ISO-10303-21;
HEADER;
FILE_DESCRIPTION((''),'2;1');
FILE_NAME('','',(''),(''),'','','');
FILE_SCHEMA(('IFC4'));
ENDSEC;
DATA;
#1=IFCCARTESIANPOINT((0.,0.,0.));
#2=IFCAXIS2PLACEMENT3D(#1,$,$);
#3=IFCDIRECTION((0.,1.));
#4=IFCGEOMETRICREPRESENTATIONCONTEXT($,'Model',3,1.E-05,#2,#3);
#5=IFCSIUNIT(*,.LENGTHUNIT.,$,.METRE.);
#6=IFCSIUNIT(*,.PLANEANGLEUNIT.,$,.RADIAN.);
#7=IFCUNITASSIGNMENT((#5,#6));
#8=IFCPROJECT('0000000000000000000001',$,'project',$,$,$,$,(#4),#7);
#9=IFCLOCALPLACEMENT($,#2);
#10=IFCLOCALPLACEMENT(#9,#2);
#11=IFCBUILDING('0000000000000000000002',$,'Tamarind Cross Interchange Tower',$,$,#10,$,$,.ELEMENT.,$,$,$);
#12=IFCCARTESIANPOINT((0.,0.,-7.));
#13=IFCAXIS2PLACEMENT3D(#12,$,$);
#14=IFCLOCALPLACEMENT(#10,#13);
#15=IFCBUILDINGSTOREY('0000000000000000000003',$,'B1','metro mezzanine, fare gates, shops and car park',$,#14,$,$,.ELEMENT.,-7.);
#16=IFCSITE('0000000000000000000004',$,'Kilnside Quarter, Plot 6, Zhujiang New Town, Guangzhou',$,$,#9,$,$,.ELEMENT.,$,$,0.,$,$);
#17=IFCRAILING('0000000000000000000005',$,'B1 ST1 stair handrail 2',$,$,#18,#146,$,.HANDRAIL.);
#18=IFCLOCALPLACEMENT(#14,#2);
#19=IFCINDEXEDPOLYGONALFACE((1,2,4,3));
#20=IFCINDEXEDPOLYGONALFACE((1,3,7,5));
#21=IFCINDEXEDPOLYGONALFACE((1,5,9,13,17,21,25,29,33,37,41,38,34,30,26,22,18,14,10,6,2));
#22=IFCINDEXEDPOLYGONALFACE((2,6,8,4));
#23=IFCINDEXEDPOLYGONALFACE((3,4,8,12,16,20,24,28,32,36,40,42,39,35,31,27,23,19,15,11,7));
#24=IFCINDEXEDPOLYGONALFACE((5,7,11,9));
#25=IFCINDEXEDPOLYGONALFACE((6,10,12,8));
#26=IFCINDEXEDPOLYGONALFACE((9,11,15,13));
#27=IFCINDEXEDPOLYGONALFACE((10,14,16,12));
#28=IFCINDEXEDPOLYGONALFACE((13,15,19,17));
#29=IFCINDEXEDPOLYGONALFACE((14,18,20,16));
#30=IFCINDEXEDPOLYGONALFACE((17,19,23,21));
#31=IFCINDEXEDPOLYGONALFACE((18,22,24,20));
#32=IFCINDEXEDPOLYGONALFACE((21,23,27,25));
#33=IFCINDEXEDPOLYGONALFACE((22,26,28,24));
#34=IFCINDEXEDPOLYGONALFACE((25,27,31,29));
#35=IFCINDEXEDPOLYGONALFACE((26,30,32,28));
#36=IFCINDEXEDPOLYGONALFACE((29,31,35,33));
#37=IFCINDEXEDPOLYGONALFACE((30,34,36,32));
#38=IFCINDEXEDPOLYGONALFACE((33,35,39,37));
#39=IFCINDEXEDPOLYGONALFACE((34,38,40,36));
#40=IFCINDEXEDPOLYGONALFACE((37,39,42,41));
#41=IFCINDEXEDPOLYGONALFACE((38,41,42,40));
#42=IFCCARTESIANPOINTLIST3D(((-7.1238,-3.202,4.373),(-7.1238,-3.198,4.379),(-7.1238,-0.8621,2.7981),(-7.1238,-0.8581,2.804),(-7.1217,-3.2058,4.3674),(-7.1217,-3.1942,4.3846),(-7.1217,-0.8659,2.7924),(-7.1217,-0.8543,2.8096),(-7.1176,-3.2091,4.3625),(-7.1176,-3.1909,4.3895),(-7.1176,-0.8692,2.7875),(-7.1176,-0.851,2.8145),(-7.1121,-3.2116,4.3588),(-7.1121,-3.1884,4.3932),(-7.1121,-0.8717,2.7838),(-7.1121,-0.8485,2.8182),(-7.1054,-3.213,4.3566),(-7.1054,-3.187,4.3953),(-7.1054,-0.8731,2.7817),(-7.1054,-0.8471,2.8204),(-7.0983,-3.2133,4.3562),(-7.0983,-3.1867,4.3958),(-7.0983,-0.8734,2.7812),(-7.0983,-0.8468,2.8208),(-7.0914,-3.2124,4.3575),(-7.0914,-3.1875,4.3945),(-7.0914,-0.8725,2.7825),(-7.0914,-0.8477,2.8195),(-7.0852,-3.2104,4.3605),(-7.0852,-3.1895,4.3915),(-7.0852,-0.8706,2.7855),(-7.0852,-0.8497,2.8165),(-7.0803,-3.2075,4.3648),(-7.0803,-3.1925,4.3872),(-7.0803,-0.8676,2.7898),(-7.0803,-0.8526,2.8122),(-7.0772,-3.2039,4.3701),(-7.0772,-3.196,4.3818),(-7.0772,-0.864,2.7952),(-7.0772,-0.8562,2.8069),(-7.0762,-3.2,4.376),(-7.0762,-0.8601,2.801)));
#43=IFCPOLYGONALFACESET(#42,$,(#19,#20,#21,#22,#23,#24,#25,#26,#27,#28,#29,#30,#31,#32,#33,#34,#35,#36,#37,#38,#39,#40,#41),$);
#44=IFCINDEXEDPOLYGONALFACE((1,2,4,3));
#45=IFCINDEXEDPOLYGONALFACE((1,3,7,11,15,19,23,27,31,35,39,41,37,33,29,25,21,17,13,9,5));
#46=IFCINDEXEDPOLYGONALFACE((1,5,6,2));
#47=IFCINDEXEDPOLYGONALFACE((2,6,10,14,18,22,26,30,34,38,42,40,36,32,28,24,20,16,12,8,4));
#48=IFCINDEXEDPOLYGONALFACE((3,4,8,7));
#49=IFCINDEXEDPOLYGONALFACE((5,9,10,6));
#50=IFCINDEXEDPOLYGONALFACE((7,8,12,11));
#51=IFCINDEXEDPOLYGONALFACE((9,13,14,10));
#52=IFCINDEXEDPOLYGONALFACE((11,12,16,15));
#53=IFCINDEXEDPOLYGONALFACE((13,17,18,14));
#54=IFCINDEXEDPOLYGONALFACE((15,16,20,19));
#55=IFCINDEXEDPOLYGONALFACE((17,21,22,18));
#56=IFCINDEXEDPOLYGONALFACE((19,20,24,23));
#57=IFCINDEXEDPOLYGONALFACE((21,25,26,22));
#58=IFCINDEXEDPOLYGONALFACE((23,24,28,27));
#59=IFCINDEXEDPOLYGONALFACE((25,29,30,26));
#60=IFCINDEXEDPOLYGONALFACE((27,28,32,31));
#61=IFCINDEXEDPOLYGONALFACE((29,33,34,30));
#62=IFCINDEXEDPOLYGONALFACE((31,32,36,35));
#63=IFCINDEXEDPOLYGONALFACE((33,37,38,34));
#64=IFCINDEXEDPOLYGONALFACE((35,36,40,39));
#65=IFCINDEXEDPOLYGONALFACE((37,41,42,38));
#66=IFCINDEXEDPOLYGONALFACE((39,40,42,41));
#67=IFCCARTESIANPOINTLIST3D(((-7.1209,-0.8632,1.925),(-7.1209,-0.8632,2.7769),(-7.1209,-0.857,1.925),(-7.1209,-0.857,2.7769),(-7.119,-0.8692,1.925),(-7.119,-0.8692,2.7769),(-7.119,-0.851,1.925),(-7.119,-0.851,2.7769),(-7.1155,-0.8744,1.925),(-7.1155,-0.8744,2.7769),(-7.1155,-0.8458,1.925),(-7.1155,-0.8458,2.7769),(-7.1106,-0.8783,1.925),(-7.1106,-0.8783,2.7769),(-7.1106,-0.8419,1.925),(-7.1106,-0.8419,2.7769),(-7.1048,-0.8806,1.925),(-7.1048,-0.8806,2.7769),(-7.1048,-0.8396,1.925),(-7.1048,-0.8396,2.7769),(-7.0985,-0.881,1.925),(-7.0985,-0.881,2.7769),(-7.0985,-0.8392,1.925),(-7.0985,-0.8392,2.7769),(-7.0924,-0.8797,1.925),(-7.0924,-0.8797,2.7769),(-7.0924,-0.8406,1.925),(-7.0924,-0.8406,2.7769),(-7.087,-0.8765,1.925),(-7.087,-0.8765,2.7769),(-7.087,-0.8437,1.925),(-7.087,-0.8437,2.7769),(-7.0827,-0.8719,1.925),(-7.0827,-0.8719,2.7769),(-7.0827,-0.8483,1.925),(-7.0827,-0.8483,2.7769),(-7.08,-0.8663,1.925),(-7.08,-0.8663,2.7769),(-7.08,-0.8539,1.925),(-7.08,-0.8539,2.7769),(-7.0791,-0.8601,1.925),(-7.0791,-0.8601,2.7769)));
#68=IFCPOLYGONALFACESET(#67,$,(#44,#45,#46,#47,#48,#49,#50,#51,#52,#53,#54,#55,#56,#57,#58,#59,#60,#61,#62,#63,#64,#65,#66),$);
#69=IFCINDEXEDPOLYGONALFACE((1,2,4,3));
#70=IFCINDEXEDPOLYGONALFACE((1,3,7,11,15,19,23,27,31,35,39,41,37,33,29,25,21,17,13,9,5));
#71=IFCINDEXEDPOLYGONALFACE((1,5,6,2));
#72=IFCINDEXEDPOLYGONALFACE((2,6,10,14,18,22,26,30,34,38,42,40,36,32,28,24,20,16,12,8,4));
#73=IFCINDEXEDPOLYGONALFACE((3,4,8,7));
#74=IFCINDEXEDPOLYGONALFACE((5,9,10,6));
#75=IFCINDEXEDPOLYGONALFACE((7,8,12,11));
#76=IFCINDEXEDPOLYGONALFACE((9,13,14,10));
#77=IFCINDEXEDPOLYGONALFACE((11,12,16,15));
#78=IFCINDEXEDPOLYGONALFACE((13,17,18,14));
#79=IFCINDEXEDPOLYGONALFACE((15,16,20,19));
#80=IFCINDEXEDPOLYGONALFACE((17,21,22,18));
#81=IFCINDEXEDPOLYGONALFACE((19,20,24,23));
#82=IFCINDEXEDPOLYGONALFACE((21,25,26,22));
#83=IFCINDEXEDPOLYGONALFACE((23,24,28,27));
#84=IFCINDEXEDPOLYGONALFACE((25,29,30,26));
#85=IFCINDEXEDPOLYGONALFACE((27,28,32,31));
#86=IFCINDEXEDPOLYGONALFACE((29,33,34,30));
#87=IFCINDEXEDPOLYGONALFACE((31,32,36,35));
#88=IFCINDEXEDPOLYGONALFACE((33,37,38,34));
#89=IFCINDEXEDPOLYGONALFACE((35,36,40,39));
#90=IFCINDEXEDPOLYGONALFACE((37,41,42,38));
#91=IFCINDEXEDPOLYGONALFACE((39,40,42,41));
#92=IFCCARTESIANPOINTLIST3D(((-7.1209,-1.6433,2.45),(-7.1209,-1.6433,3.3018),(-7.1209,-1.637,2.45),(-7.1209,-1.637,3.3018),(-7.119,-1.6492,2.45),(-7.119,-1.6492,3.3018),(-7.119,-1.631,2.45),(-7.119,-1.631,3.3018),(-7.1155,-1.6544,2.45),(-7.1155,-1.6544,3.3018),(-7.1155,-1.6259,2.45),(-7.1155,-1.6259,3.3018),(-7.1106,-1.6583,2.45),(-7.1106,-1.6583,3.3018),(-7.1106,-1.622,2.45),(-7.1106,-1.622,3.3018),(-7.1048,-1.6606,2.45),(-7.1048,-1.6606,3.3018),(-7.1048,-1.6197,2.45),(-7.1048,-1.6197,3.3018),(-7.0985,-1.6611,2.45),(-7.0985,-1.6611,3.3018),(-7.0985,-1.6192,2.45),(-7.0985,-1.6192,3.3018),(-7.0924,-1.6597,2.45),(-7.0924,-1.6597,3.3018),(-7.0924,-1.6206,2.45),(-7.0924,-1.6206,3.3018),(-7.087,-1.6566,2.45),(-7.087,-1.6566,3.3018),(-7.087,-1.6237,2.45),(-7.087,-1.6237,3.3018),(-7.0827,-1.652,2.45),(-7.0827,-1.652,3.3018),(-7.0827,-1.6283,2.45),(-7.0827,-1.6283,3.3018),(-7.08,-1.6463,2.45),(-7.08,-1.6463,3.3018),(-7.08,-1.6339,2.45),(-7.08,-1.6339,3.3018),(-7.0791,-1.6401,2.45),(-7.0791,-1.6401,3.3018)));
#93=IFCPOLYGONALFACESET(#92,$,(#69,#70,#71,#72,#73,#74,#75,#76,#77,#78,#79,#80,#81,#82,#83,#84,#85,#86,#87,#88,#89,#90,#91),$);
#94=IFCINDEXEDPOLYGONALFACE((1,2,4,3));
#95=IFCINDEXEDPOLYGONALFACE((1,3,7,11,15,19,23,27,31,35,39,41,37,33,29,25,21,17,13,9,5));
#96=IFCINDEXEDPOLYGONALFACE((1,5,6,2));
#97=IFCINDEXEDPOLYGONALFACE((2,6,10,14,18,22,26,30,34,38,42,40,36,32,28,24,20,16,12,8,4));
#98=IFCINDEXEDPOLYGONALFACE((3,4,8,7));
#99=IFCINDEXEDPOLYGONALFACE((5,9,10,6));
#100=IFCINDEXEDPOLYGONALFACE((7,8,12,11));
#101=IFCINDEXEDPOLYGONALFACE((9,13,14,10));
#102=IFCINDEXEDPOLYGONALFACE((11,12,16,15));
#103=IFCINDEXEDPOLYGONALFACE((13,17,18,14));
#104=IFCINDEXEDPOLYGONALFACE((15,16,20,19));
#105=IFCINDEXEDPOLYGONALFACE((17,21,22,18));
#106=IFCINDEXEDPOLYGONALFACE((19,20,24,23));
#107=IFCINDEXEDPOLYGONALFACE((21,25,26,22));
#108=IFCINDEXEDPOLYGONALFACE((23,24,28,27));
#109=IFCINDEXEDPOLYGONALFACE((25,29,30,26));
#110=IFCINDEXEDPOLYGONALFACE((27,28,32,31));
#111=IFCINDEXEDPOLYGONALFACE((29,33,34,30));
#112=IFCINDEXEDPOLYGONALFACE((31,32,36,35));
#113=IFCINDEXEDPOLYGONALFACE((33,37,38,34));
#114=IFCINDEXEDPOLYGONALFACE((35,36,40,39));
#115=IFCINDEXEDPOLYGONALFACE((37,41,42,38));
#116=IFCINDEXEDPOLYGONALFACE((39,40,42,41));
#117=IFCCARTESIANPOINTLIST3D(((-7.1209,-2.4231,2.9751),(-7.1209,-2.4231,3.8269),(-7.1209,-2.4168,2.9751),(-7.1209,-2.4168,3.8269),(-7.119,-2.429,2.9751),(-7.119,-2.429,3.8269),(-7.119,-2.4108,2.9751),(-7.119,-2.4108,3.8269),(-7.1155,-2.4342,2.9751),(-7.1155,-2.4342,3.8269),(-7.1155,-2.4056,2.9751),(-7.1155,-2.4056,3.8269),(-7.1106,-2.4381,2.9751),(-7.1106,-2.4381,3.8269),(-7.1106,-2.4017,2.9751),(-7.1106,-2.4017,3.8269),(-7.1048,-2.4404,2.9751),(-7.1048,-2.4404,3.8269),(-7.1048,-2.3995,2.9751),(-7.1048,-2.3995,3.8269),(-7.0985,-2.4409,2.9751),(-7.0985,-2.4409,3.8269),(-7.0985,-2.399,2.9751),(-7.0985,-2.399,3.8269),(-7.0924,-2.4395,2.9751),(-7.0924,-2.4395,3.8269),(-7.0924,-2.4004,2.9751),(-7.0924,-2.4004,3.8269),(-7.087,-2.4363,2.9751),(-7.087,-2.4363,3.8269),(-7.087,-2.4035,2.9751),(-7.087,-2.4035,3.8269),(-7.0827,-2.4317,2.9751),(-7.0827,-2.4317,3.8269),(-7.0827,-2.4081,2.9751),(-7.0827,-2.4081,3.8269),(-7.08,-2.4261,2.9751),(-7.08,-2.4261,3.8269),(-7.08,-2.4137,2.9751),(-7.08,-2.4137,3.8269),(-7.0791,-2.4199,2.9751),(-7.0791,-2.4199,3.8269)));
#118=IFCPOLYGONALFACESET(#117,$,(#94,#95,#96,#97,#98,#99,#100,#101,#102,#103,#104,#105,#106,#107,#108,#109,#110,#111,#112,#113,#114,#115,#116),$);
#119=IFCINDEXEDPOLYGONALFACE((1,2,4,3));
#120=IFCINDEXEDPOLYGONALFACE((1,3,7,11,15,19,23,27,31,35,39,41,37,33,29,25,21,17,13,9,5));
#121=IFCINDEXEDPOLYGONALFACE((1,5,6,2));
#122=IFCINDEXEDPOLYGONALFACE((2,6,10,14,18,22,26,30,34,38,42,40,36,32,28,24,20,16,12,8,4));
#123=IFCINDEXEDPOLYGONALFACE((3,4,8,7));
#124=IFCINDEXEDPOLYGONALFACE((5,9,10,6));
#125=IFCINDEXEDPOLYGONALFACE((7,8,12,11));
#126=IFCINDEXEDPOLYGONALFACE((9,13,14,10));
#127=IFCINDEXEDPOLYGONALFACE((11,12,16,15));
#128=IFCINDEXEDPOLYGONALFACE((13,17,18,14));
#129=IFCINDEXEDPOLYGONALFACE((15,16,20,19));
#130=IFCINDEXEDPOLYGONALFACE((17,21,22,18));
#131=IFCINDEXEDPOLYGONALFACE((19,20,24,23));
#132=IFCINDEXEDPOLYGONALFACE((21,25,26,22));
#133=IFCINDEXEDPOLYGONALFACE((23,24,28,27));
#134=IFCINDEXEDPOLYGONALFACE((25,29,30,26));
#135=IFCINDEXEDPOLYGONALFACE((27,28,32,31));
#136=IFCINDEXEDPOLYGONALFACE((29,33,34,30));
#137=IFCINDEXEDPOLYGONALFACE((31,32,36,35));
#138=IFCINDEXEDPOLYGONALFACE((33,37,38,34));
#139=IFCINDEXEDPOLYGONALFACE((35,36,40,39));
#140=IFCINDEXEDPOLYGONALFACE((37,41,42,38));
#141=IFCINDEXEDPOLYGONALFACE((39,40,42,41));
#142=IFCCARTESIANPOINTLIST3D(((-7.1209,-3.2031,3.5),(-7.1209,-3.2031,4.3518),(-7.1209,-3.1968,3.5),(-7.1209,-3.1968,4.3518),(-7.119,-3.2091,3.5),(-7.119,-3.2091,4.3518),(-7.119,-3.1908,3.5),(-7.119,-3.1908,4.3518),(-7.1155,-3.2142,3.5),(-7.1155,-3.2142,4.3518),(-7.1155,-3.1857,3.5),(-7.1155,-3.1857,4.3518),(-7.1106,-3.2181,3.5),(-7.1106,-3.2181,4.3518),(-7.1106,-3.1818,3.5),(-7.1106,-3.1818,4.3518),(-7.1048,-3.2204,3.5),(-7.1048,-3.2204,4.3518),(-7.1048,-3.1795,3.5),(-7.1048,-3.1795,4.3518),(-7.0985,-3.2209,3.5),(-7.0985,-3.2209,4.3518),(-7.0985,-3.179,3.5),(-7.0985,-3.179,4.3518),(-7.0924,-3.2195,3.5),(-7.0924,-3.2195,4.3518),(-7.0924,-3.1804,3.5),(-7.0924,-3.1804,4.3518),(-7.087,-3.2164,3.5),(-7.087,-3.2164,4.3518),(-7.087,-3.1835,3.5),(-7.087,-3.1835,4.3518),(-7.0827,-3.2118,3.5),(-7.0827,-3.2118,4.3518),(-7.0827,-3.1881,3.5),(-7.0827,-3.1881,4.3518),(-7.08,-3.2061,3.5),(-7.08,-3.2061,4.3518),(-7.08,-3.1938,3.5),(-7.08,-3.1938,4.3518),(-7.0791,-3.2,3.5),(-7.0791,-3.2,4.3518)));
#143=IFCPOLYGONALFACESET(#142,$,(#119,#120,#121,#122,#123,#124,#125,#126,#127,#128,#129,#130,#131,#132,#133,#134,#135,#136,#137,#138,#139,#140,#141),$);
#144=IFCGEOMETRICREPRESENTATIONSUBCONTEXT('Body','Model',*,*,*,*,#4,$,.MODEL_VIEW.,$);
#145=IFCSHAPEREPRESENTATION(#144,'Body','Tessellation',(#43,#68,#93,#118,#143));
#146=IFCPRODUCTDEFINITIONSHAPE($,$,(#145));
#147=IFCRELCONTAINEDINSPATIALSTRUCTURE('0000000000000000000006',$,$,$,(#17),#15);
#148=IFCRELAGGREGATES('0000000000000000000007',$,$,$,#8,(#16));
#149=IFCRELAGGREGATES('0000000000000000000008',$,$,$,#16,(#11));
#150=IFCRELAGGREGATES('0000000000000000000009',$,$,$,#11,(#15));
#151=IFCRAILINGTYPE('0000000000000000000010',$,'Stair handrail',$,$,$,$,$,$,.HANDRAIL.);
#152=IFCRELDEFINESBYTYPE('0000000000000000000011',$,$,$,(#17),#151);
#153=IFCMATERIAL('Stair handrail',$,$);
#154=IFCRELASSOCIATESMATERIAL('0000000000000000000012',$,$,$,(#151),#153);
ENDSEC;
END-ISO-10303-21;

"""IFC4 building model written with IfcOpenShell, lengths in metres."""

from ifc_helpers import new_model, si_unit, direction, frame, origin, origin_2d, place, context, subcontext, project, spatial, circle, extrude, material, type_object, element, save


model = new_model("IFC4")

# Units and contexts
model_context = context("Model", 3, precision=1e-05, world=origin(), true_north=direction((0.0, 1.0)))
body_context = subcontext(model_context, "Body", "Model", "MODEL_VIEW")
ifc_project = project(units=[si_unit("LENGTHUNIT", "METRE"), si_unit("PLANEANGLEUNIT", "RADIAN")], contexts=[model_context])

# Site, building, storey
site_placement = place(None, origin())
site = spatial("IfcSite", under=ifc_project, at=site_placement, Name="Kilnside Quarter, Plot 6, Zhujiang New Town, Guangzhou", CompositionType="ELEMENT", RefElevation=0.0)
building_placement = place(site_placement, origin())
building = spatial("IfcBuilding", under=site, at=building_placement, Name="Tamarind Cross Interchange Tower", CompositionType="ELEMENT")
storey_placement = place(building_placement, frame((0.0, 0.0, -7.0)))
storey = spatial("IfcBuildingStorey", under=building, at=storey_placement, Name="B1", Description="metro mezzanine, fare gates, shops and car park", CompositionType="ELEMENT", Elevation=-7.0)

# Railing
ifc_material_1 = material(Name="Stair handrail")
railing_type = type_object("IfcRailingType", Name="Stair handrail", PredefinedType="HANDRAIL", material=ifc_material_1)
for number, where, name in (
    (1, (-7.1001, -0.8601, 1.925), "B1 ST1 stair handrail 2"),
):
    element("IfcRailing", number, at=place(storey_placement, frame(where)), inside=storey, type_object=railing_type, Name=name, PredefinedType="HANDRAIL", context=body_context, shape_type="SweptSolid", body=[
        extrude(circle(Radius=0.0239, at=origin_2d()), frame((0.0, 0.0, 0.876), z_axis=(0.0, -0.829578, 0.55839), x_axis=(1.0, 0.0, 0.0)), (0.0, 0.0, 1.0), 2.8206),
        extrude(circle(Radius=0.021, at=origin_2d()), origin(), (0.0, 0.0, 1.0), 0.8518),
        extrude(circle(Radius=0.021, at=origin_2d()), frame((0.0, -0.78, 0.5249)), (0.0, 0.0, 1.0), 0.8518),
        extrude(circle(Radius=0.021, at=origin_2d()), frame((0.0, -1.5598, 1.05)), (0.0, 0.0, 1.0), 0.8518),
        extrude(circle(Radius=0.021, at=origin_2d()), frame((0.0, -2.3398, 1.575)), (0.0, 0.0, 1.0), 0.8518),
    ])

save(model, "model.ifc")
